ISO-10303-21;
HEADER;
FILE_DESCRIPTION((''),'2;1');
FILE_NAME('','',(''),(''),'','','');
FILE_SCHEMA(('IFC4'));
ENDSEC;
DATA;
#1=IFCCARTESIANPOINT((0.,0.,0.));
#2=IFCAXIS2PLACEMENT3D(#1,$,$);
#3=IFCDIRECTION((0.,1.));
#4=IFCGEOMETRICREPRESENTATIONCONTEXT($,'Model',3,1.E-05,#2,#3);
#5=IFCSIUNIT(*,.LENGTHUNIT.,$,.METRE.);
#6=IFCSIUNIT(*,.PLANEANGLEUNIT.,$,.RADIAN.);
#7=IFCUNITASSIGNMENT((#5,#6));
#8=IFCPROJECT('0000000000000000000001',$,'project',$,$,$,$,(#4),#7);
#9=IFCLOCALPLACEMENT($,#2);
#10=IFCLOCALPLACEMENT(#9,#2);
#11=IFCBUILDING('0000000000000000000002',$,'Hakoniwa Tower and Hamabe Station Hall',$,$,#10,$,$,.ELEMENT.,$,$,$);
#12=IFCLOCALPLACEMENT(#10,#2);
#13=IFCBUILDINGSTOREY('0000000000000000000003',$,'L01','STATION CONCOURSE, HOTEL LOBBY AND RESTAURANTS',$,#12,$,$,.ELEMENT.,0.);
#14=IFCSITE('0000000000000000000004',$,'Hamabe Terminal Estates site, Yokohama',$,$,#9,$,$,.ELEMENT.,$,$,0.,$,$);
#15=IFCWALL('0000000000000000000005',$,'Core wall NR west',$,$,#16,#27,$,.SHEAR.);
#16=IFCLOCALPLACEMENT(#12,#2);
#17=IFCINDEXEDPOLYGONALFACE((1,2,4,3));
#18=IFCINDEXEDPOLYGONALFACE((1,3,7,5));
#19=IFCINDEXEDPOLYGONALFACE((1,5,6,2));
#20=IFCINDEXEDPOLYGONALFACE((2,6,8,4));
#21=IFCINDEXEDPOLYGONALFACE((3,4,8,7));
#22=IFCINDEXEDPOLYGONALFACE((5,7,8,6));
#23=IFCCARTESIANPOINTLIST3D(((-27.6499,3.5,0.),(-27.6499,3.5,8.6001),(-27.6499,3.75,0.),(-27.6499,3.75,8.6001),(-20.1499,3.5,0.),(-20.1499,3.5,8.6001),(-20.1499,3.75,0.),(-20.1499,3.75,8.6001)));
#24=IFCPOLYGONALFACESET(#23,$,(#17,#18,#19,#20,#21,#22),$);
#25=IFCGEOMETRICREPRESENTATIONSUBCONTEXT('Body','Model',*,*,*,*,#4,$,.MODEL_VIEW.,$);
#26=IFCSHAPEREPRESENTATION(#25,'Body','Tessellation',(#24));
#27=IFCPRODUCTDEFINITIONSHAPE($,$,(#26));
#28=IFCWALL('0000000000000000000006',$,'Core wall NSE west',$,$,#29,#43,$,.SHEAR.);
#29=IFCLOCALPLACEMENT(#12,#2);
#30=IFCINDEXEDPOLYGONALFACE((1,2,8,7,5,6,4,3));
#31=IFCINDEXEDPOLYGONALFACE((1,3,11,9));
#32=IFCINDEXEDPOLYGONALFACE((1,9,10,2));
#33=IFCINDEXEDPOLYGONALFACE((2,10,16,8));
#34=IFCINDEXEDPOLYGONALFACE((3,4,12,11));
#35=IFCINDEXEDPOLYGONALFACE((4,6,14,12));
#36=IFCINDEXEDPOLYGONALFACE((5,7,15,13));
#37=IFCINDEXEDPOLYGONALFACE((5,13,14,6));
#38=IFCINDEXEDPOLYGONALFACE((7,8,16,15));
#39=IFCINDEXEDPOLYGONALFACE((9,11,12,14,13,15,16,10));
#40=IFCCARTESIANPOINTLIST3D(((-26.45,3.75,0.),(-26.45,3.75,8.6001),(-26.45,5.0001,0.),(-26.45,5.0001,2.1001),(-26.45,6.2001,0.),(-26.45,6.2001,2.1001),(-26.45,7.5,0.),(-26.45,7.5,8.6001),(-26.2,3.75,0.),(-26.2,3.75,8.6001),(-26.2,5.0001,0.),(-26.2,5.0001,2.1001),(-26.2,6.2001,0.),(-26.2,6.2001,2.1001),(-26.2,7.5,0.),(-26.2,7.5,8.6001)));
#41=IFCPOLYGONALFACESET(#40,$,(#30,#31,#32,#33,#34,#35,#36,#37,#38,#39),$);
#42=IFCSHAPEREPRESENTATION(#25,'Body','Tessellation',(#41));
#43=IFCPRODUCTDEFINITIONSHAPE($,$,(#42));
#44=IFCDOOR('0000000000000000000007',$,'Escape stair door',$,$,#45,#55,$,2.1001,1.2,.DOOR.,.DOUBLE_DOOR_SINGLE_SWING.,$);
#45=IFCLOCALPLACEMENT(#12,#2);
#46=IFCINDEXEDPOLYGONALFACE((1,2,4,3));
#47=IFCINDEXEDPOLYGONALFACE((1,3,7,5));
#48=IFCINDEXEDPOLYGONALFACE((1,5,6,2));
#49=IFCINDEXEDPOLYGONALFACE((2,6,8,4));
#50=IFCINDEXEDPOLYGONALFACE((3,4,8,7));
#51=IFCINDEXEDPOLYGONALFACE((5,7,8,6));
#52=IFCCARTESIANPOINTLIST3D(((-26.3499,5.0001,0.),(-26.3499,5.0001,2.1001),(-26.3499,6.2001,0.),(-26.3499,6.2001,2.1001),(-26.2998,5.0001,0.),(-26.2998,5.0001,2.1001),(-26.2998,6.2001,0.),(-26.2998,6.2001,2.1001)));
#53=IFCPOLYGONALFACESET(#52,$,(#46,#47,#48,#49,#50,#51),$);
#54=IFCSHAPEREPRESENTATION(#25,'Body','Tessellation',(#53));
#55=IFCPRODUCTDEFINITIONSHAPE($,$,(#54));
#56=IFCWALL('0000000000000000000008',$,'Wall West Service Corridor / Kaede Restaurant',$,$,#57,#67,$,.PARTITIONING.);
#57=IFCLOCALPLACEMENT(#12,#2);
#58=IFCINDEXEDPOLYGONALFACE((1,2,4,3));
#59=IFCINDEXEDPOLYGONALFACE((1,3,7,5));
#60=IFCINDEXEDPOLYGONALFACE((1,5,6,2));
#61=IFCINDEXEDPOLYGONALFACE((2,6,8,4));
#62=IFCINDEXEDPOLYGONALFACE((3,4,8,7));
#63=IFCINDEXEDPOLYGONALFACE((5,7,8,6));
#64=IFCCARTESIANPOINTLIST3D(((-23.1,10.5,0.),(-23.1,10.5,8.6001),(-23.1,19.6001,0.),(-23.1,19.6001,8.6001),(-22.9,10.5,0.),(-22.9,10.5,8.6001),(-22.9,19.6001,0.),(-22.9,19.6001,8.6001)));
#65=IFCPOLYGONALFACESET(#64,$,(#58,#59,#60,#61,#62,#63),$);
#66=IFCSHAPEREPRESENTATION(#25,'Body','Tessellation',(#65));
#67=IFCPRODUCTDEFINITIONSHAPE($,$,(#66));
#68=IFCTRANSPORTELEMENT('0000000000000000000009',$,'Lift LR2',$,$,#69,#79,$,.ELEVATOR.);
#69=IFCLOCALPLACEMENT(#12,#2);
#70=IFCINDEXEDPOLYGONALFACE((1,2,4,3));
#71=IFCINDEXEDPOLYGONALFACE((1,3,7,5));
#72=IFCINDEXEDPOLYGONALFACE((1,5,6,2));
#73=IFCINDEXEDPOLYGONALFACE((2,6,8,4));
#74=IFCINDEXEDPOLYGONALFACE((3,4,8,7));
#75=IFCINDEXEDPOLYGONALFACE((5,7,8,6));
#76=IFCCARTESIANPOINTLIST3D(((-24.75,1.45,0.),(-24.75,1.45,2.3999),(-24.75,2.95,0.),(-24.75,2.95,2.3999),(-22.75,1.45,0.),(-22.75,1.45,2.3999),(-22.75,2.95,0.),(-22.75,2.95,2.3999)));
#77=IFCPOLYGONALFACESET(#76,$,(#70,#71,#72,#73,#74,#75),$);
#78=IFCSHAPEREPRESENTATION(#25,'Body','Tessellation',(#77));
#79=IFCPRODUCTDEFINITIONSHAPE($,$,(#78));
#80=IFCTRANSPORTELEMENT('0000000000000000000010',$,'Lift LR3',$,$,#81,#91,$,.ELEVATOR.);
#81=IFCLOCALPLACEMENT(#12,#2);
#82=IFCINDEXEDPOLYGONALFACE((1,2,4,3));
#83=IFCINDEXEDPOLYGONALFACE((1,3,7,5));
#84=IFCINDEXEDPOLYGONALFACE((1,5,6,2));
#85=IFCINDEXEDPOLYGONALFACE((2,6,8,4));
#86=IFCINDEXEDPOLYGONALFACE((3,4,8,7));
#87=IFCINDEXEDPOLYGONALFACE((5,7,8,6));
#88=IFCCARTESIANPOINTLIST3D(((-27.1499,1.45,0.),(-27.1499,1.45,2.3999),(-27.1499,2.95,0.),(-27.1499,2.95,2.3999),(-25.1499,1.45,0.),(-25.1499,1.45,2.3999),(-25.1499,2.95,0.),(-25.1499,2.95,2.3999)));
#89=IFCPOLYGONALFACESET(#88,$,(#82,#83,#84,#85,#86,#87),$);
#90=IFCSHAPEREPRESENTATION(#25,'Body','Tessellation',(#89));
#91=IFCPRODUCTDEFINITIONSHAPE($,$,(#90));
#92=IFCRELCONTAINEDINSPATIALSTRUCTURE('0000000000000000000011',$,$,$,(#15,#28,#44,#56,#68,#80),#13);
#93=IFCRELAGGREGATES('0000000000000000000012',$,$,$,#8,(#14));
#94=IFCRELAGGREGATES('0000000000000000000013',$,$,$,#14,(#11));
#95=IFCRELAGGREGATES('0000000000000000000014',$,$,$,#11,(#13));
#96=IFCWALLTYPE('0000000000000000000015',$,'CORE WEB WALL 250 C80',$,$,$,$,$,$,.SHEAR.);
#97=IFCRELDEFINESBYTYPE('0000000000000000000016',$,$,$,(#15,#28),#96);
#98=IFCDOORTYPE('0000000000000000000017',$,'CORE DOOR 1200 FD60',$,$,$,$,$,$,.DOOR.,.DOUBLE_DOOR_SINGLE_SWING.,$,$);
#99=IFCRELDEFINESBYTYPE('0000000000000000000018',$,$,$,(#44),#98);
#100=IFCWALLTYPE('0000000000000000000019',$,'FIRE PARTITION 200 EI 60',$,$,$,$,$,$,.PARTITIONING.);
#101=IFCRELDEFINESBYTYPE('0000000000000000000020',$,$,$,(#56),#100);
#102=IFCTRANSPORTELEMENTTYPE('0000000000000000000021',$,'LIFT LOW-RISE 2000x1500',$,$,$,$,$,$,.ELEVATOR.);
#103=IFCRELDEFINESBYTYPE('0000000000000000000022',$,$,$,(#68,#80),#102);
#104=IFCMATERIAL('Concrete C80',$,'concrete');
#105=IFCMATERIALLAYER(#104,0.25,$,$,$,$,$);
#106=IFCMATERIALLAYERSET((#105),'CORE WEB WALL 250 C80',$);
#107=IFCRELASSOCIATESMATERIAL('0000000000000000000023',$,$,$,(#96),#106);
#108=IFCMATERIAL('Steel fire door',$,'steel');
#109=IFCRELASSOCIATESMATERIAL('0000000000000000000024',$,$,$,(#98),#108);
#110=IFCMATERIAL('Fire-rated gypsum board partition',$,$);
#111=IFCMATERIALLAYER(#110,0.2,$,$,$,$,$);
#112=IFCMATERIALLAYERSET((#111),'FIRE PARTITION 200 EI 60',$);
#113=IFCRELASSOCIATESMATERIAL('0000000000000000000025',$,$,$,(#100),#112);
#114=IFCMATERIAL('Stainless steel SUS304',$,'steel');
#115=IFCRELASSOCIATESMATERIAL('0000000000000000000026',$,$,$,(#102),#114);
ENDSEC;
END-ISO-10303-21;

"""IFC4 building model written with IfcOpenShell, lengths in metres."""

from ifc_helpers import new_model, si_unit, direction, frame, frame_2d, origin, origin_2d, place, context, subcontext, project, spatial, rectangle, extrude, material, layer, layer_set, type_object, element, fill, save


model = new_model("IFC4")

# Units and contexts
model_context = context("Model", 3, precision=1e-05, world=origin(), true_north=direction((0.0, 1.0)))
body_context = subcontext(model_context, "Body", "Model", "MODEL_VIEW")
ifc_project = project(units=[si_unit("LENGTHUNIT", "METRE"), si_unit("PLANEANGLEUNIT", "RADIAN")], contexts=[model_context])

# Site, building, storey
site_placement = place(None, origin())
site = spatial("IfcSite", under=ifc_project, at=site_placement, Name="Hamabe Terminal Estates site, Yokohama", CompositionType="ELEMENT", RefElevation=0.0)
building_placement = place(site_placement, origin())
building = spatial("IfcBuilding", under=site, at=building_placement, Name="Hakoniwa Tower and Hamabe Station Hall", CompositionType="ELEMENT")
storey_placement = place(building_placement, origin())
storey = spatial("IfcBuildingStorey", under=building, at=storey_placement, Name="L01", Description="STATION CONCOURSE, HOTEL LOBBY AND RESTAURANTS", CompositionType="ELEMENT", Elevation=0.0)

# Shared definitions
ifc_material_1 = material(Name="Concrete C80", Category="concrete")
ifc_layer_1 = layer(ifc_material_1, 0.25)
ifc_layer_set_1 = layer_set([ifc_layer_1], Name="CORE WEB WALL 250 C80")
wall_type_1 = type_object("IfcWallType", Name="CORE WEB WALL 250 C80", PredefinedType="SHEAR", material=ifc_layer_set_1)

# Wall
wall_1_placement = place(storey_placement, frame((-27.6499, 3.625, 0.0), z_axis=(0.0, 0.0, 1.0), x_axis=(1.0, 0.0, 0.0)))
element("IfcWall", 1, at=wall_1_placement, inside=storey, type_object=wall_type_1, Name="Core wall NR west", PredefinedType="SHEAR", context=body_context, shape_type="SweptSolid", body=[
    extrude(rectangle(XDim=7.5, YDim=0.25, at=frame_2d((3.75, 0.0))), origin(), (0.0, 0.0, 1.0), 8.6001),
])

# Wall, opening, door
wall_2_placement = place(storey_placement, frame((-26.325, 3.75, 0.0), z_axis=(0.0, 0.0, 1.0), x_axis=(0.0, 1.0, 0.0)))
wall_2 = element("IfcWall", 2, at=wall_2_placement, inside=storey, type_object=wall_type_1, Name="Core wall NSE west", PredefinedType="SHEAR", context=body_context, shape_type="SweptSolid", body=[
    extrude(rectangle(XDim=3.75, YDim=0.25, at=frame_2d((1.875, 0.0))), origin(), (0.0, 0.0, 1.0), 8.6001),
])
opening_1_placement = place(wall_2_placement, frame((1.25, 0.0, 0.0)))
opening_1 = element("IfcOpeningElement", 3, at=opening_1_placement, cuts=wall_2, PredefinedType="OPENING", context=body_context, shape_type="SweptSolid", body=[
    extrude(rectangle(XDim=1.2, YDim=2.1001, at=frame_2d((0.6001, 1.05))), frame((0.0, 0.135, 0.0), z_axis=(0.0, -1.0, 0.0), x_axis=(1.0, 0.0, 0.0)), (0.0, 0.0, 1.0), 0.27),
])
ifc_material_2 = material(Name="Steel fire door", Category="steel")
door_type_1 = type_object("IfcDoorType", Name="CORE DOOR 1200 FD60", OperationType="DOUBLE_DOOR_SINGLE_SWING", PredefinedType="DOOR", material=ifc_material_2)
door_1_placement = place(opening_1_placement, origin())
door_1 = element("IfcDoor", 4, at=door_1_placement, inside=storey, type_object=door_type_1, Name="Escape stair door", OperationType="DOUBLE_DOOR_SINGLE_SWING", OverallHeight=2.1001, OverallWidth=1.2, PredefinedType="DOOR", context=body_context, shape_type="SweptSolid", body=[
    extrude(rectangle(XDim=1.2, YDim=2.1001, at=frame_2d((0.6001, 1.05))), frame((0.0, 0.0249, 0.0), z_axis=(0.0, -1.0, 0.0), x_axis=(1.0, 0.0, 0.0)), (0.0, 0.0, 1.0), 0.05),
])
fill(opening_1, door_1)

# Wall
ifc_material_3 = material(Name="Fire-rated gypsum board partition")
ifc_layer_2 = layer(ifc_material_3, 0.2)
ifc_layer_set_2 = layer_set([ifc_layer_2], Name="FIRE PARTITION 200 EI 60")
wall_type_2 = type_object("IfcWallType", Name="FIRE PARTITION 200 EI 60", PredefinedType="PARTITIONING", material=ifc_layer_set_2)
wall_3_placement = place(storey_placement, frame((-23.0, 10.5, 0.0), z_axis=(0.0, 0.0, 1.0), x_axis=(0.0, 1.0, 0.0)))
element("IfcWall", 5, at=wall_3_placement, inside=storey, type_object=wall_type_2, Name="Wall West Service Corridor / Kaede Restaurant", PredefinedType="PARTITIONING", context=body_context, shape_type="SweptSolid", body=[
    extrude(rectangle(XDim=9.1001, YDim=0.2, at=frame_2d((4.55, 0.0))), origin(), (0.0, 0.0, 1.0), 8.6001),
])

# Transport elements
ifc_material_4 = material(Name="Stainless steel SUS304", Category="steel")
transport_element_type = type_object("IfcTransportElementType", Name="LIFT LOW-RISE 2000x1500", PredefinedType="ELEVATOR", material=ifc_material_4)
for number, where, z_axis, x_axis, name in (
    (6, (-23.75, 2.2, 0.0), (0.0, 0.0, 1.0), (1.0, 0.0, 0.0), "Lift LR2"),
    (7, (-26.1499, 2.2, 0.0), (0.0, 0.0, 1.0), (1.0, 0.0, 0.0), "Lift LR3"),
):
    element("IfcTransportElement", number, at=place(storey_placement, frame(where, z_axis=z_axis, x_axis=x_axis)), inside=storey, type_object=transport_element_type, Name=name, PredefinedType="ELEVATOR", context=body_context, shape_type="SweptSolid", body=[
        extrude(rectangle(XDim=2.0, YDim=1.5, at=origin_2d()), origin(), (0.0, 0.0, 1.0), 2.3999),
    ])

save(model, "model.ifc")
